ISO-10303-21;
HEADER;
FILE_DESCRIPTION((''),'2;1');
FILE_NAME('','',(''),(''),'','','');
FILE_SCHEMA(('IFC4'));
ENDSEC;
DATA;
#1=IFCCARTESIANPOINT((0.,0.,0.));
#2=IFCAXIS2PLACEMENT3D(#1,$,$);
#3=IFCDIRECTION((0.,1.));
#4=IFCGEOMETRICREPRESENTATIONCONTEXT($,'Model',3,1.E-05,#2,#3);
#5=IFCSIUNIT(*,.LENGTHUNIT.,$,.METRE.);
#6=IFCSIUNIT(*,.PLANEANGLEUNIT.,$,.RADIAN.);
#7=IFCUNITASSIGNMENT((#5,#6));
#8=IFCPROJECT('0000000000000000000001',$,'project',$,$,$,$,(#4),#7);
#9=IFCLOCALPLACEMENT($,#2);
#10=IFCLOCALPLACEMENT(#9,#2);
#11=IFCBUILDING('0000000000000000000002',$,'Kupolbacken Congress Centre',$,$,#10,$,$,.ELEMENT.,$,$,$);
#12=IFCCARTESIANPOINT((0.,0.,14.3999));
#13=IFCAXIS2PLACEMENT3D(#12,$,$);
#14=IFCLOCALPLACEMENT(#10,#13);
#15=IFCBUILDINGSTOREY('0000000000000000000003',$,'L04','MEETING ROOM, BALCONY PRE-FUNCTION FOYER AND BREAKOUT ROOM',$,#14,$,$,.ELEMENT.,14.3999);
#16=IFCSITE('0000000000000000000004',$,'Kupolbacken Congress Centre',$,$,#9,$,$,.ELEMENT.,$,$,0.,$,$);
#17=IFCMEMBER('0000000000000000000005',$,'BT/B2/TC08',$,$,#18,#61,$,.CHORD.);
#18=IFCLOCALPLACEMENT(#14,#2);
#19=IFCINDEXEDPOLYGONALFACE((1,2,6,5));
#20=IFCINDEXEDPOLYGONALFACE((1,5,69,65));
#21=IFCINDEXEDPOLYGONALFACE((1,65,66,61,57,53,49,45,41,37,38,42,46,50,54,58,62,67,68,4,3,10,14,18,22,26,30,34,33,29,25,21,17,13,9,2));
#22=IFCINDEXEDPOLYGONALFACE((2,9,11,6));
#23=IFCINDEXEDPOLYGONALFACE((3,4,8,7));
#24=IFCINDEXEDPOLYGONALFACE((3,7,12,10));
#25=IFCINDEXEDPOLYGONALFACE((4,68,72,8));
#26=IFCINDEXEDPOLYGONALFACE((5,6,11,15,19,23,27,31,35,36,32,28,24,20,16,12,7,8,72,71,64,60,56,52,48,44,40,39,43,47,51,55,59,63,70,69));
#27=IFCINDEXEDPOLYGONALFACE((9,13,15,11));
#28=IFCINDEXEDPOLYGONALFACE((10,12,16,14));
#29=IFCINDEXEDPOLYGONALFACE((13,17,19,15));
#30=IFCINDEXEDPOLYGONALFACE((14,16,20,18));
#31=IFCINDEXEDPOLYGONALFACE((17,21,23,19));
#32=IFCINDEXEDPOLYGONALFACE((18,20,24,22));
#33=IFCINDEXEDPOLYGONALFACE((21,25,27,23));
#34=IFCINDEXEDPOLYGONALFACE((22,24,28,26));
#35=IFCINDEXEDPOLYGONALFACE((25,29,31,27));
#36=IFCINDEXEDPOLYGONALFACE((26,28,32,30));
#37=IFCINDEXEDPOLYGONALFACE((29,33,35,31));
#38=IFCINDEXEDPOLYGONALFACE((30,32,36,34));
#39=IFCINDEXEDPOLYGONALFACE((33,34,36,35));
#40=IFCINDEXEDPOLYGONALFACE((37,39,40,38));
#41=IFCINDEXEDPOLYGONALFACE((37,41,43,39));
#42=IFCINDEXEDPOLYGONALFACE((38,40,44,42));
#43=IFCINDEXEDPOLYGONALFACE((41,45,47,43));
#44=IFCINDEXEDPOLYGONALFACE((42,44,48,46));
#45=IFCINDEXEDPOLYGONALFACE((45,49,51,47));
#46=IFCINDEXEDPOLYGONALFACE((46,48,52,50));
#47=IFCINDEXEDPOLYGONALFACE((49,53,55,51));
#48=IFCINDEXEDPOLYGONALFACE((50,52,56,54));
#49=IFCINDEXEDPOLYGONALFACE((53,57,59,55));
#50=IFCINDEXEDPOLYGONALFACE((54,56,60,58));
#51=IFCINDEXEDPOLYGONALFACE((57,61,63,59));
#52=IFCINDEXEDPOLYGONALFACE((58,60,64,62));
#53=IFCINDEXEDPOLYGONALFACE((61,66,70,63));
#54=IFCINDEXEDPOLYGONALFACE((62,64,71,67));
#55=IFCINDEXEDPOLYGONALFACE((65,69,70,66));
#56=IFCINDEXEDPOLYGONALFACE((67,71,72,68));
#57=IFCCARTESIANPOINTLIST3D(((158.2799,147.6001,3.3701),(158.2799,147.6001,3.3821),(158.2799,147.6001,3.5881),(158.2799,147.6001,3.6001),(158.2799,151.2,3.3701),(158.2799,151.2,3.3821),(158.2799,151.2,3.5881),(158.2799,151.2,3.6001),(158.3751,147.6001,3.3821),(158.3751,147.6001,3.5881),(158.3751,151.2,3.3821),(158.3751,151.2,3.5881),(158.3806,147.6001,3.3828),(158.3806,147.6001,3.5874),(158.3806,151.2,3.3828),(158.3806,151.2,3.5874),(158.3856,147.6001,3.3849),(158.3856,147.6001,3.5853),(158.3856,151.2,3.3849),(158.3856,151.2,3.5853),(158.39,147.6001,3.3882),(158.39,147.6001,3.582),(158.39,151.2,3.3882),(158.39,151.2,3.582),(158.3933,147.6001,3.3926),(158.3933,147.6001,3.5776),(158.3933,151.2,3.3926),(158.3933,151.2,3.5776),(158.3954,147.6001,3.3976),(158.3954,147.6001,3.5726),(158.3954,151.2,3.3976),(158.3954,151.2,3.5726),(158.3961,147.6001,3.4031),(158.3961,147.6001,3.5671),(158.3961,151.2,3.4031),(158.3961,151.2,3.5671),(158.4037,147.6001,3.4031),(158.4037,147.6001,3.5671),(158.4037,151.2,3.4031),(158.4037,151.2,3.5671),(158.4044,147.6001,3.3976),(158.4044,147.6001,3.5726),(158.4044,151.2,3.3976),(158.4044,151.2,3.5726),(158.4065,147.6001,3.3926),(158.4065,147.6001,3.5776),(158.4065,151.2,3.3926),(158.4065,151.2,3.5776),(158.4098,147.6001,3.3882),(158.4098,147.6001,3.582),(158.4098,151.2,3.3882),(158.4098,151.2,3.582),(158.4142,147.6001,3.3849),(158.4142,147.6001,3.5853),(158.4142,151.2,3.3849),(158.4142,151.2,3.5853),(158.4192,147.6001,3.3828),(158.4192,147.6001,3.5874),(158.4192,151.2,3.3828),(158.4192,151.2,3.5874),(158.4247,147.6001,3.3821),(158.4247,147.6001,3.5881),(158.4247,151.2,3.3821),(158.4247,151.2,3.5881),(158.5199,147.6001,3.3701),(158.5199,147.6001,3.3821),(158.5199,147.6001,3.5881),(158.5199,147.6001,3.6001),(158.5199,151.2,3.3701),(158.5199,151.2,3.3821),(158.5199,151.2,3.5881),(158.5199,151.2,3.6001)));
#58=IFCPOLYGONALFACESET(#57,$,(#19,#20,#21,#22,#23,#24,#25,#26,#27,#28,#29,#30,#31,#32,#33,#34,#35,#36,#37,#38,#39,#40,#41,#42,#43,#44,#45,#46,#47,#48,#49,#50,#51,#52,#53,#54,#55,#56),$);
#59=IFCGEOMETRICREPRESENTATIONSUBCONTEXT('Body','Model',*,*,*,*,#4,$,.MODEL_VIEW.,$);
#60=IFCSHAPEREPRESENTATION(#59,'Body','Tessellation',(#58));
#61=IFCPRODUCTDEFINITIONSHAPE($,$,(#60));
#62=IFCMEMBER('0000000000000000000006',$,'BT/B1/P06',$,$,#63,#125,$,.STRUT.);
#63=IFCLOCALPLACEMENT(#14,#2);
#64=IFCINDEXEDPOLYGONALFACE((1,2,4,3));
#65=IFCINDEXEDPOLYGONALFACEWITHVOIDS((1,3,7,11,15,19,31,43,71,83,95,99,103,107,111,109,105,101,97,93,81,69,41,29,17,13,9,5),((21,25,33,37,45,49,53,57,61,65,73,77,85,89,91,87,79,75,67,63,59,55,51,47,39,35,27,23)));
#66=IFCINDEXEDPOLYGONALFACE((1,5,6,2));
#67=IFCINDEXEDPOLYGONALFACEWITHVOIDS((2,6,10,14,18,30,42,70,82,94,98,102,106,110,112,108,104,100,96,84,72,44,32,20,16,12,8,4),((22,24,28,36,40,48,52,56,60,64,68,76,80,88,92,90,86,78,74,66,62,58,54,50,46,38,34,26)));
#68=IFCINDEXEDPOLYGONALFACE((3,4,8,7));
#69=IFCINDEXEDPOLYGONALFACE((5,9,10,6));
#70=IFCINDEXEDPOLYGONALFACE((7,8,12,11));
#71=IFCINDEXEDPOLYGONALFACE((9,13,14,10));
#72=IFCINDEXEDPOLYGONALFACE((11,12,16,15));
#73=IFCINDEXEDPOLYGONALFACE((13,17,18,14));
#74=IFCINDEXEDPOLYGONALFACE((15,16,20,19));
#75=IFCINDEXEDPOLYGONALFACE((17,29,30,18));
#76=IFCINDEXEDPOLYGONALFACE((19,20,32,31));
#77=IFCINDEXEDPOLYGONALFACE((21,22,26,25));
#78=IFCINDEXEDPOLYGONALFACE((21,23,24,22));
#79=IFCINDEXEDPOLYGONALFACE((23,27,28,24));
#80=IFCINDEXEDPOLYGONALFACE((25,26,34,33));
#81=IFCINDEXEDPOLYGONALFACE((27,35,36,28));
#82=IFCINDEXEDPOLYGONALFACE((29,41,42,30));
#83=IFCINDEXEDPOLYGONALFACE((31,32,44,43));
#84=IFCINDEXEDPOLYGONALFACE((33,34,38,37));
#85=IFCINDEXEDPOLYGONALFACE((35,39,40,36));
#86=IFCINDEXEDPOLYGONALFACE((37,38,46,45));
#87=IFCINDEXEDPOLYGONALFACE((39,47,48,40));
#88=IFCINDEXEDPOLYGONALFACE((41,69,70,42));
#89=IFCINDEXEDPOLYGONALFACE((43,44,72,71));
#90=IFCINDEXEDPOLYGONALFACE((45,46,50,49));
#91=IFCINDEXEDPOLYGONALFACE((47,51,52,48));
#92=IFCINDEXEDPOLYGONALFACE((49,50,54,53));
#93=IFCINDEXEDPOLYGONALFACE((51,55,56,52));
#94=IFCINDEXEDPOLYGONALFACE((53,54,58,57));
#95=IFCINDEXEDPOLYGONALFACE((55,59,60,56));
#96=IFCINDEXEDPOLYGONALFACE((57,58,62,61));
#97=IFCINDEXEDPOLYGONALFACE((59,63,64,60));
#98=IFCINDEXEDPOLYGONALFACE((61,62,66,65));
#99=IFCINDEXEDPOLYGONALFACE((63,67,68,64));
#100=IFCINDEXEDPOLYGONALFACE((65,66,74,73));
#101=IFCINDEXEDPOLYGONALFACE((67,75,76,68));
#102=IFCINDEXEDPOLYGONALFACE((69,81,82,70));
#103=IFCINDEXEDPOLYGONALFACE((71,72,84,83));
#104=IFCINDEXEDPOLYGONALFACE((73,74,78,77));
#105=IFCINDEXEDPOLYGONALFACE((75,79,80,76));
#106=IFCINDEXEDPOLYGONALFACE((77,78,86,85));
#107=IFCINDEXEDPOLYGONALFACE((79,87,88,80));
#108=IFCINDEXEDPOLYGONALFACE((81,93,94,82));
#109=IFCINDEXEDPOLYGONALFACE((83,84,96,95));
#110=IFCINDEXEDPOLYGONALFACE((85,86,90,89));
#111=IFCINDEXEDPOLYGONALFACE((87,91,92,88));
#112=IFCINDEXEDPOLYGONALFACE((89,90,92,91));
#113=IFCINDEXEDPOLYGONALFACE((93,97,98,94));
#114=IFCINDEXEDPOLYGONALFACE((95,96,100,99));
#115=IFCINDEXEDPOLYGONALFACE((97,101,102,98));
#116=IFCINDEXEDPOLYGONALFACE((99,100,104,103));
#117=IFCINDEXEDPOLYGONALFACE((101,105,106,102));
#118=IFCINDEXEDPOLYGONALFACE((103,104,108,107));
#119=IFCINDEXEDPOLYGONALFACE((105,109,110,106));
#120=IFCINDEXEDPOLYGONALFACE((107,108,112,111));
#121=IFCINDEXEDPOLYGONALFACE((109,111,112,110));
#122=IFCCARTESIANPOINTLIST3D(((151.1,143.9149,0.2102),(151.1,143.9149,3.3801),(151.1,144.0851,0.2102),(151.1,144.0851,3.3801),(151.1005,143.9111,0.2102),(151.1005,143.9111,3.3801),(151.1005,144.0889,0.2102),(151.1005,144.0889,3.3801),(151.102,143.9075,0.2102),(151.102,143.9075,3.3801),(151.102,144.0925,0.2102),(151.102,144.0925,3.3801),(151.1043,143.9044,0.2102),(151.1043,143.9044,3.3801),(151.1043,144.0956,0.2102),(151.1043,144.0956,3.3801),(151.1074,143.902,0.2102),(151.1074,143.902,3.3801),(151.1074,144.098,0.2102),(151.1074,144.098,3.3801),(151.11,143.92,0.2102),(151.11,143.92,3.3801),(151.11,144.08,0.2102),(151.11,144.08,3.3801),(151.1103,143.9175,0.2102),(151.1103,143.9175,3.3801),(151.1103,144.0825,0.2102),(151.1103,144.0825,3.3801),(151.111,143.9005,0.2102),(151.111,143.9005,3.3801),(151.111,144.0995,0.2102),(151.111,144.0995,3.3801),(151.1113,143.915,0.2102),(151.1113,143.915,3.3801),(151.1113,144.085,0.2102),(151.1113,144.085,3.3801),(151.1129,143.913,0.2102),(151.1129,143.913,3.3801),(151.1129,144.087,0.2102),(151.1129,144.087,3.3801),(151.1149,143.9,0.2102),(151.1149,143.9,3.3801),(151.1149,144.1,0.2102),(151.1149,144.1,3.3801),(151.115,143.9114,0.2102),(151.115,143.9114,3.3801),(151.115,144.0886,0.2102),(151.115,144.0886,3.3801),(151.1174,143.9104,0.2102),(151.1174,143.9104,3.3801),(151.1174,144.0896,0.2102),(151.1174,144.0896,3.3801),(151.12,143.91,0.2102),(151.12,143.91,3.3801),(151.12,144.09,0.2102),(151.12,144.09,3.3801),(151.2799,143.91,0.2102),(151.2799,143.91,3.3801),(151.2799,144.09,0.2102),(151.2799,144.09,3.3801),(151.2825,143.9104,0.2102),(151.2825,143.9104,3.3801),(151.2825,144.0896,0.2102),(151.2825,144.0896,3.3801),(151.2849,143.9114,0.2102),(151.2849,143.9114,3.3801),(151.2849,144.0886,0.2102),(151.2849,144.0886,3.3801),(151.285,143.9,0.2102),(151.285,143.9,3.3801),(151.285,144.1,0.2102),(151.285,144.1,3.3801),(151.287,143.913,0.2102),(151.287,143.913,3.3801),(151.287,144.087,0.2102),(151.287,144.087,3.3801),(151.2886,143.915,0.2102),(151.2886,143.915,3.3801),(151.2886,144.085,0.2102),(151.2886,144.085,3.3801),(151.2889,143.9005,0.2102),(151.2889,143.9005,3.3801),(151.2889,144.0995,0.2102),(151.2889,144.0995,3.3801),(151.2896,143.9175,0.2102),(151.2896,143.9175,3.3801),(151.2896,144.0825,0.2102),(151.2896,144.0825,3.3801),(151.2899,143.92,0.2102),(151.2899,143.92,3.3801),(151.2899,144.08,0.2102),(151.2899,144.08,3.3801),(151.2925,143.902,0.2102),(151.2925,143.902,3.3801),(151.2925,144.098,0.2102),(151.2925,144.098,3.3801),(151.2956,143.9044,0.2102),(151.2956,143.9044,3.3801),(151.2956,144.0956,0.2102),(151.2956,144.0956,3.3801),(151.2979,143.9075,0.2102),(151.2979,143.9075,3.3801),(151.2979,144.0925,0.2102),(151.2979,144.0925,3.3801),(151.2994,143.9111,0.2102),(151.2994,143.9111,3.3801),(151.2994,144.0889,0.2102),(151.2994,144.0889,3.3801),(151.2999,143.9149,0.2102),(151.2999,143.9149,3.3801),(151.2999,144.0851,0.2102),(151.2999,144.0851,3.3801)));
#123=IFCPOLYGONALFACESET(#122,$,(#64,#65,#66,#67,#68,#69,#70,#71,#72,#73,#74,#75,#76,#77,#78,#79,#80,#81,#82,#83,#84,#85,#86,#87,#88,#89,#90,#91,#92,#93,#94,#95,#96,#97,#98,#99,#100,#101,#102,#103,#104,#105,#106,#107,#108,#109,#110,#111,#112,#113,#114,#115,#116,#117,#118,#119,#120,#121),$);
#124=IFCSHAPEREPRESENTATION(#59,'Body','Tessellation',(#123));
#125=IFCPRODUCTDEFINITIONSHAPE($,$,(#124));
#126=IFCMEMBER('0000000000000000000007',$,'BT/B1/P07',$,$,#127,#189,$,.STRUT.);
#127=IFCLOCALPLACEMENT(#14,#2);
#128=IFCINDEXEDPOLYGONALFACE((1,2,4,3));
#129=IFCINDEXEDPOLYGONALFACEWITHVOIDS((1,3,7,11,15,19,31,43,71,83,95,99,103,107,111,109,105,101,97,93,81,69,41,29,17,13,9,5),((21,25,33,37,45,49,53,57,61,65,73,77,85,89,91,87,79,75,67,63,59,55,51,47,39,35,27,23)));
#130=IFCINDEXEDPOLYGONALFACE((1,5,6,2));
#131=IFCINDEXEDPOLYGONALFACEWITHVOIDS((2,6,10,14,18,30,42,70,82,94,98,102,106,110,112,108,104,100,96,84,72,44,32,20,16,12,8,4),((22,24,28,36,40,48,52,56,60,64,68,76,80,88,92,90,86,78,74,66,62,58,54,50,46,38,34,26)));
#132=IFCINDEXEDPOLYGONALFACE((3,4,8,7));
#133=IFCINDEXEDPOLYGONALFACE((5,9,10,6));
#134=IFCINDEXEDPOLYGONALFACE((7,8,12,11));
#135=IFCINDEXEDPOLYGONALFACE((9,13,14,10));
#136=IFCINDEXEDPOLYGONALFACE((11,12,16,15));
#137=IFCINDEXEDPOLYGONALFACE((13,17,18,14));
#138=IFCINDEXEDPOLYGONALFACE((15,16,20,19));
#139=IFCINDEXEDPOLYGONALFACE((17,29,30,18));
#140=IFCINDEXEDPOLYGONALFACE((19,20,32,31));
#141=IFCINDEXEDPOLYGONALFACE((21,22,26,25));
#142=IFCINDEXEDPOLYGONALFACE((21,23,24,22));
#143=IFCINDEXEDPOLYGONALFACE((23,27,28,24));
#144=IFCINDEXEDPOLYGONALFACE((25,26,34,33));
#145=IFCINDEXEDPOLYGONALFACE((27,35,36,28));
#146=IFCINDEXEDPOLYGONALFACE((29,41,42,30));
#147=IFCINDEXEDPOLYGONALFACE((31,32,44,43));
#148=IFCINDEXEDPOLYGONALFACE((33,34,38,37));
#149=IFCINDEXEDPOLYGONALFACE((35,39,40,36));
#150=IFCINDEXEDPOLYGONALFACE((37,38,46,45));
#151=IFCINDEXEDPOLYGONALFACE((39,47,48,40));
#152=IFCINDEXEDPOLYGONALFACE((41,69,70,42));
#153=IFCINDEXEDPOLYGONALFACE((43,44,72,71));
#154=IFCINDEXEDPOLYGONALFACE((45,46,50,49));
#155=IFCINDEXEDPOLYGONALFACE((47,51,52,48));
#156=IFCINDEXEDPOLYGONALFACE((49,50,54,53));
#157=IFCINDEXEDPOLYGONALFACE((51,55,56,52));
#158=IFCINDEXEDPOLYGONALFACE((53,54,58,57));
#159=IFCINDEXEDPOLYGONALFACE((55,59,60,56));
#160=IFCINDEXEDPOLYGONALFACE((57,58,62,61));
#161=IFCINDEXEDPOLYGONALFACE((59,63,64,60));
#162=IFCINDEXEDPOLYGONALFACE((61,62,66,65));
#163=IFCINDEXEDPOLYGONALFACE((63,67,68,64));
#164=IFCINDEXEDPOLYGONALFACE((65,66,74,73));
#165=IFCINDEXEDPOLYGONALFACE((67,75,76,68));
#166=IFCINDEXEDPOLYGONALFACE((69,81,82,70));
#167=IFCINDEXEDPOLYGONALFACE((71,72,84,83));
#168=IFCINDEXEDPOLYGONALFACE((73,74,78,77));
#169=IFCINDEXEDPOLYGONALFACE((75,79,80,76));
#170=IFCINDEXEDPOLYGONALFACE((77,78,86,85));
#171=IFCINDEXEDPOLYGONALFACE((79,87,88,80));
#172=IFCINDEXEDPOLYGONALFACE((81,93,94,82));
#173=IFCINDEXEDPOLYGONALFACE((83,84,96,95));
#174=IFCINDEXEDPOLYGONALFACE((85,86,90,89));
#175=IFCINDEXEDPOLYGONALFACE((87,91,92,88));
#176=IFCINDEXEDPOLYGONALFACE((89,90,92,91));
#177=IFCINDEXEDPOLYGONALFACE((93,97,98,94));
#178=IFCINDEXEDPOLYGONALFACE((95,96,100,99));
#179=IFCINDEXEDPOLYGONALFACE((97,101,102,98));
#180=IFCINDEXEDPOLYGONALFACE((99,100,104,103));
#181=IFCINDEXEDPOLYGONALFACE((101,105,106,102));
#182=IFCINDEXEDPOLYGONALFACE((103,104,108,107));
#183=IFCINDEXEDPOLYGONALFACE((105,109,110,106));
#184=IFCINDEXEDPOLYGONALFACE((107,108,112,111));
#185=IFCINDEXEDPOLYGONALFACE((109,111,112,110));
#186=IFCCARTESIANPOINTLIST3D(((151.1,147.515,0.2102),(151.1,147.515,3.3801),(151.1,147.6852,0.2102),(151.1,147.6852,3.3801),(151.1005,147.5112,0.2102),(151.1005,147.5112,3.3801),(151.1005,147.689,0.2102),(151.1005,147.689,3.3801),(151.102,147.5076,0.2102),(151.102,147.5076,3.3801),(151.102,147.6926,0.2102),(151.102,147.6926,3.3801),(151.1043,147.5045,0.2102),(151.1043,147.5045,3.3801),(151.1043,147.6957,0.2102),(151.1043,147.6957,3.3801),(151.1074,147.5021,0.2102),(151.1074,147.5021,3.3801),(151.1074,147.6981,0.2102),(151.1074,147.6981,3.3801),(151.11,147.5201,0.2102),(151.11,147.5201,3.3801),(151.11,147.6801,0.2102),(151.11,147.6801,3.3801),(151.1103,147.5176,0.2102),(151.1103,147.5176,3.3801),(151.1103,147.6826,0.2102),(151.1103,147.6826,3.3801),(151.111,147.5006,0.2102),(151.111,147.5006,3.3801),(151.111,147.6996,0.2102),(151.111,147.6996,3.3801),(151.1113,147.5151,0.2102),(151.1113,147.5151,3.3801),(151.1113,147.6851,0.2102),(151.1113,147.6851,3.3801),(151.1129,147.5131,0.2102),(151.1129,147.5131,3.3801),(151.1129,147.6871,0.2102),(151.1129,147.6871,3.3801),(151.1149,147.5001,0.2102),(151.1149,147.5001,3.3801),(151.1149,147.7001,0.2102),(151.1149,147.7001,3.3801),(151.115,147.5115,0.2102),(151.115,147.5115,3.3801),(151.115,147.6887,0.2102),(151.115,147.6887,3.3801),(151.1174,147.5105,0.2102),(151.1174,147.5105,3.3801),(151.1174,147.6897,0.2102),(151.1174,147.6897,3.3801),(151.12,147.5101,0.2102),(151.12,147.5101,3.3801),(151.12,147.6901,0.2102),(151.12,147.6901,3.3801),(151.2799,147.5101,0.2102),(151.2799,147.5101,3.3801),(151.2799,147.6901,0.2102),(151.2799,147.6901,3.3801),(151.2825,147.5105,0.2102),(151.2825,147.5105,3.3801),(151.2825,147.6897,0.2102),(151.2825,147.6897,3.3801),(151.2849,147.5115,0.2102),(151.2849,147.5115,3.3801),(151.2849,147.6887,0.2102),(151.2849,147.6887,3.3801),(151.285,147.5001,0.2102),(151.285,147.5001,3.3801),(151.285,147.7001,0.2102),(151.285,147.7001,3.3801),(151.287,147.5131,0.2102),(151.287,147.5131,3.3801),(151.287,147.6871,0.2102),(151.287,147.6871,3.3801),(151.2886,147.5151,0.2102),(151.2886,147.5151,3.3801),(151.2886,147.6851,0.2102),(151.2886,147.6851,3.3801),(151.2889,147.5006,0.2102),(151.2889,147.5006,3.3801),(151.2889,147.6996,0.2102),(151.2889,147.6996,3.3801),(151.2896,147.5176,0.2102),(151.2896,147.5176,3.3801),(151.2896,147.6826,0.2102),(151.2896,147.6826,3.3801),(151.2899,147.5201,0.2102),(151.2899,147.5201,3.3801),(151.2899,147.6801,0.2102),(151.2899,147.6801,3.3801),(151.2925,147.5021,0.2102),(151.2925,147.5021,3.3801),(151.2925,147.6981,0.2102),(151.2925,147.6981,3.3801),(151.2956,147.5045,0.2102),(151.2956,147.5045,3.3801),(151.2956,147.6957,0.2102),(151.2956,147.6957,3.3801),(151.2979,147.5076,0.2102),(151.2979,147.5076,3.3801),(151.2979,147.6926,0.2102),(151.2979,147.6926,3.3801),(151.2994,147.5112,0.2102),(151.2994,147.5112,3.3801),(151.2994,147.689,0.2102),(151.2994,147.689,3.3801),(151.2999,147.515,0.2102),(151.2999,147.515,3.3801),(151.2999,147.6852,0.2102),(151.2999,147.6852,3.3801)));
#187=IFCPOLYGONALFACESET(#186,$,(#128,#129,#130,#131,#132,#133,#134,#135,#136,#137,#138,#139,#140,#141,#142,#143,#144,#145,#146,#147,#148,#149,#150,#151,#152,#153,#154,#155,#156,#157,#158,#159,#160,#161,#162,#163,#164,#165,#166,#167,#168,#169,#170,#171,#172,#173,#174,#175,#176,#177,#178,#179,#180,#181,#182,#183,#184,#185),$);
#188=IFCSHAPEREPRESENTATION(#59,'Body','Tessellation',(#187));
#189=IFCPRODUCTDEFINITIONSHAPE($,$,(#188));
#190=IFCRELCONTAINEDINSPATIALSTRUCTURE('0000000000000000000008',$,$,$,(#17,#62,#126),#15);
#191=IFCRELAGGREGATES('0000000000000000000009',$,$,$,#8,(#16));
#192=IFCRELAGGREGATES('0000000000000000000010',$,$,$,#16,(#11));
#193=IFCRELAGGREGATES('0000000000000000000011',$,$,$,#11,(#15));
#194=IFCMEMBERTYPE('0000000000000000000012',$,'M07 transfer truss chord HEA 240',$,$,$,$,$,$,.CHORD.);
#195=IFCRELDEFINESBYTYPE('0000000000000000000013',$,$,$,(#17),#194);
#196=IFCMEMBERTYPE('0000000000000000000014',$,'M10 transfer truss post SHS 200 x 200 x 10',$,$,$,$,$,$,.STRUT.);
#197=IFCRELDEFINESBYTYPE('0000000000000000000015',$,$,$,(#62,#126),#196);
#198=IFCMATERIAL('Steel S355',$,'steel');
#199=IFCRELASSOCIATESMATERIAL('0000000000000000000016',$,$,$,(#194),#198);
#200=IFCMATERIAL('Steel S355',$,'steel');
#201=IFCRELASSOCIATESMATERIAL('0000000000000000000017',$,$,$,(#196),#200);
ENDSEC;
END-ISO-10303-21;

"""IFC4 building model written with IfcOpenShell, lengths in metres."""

from ifc_helpers import new_model, si_unit, direction, frame, origin, origin_2d, place, context, subcontext, project, spatial, hollow_rectangle, i_section, extrude, material, material_profile, profile_set, type_object, element, save


model = new_model("IFC4")

# Units and contexts
model_context = context("Model", 3, precision=1e-05, world=origin(), true_north=direction((0.0, 1.0)))
body_context = subcontext(model_context, "Body", "Model", "MODEL_VIEW")
ifc_project = project(units=[si_unit("LENGTHUNIT", "METRE"), si_unit("PLANEANGLEUNIT", "RADIAN")], contexts=[model_context])

# Site, building, storey
site_placement = place(None, origin())
site = spatial("IfcSite", under=ifc_project, at=site_placement, Name="Kupolbacken Congress Centre", CompositionType="ELEMENT", RefElevation=0.0)
building_placement = place(site_placement, origin())
building = spatial("IfcBuilding", under=site, at=building_placement, Name="Kupolbacken Congress Centre", CompositionType="ELEMENT")
storey_placement = place(building_placement, frame((0.0, 0.0, 14.3999)))
storey = spatial("IfcBuildingStorey", under=building, at=storey_placement, Name="L04", Description="MEETING ROOM, BALCONY PRE-FUNCTION FOYER AND BREAKOUT ROOM", CompositionType="ELEMENT", Elevation=14.3999)

# Members
ifc_material_1 = material(Name="Steel S355", Category="steel")
ifc_material_profile_1 = material_profile(ifc_material_1, i_section(OverallWidth=0.24, OverallDepth=0.23, WebThickness=0.0076, FlangeThickness=0.012, FilletRadius=0.021, at=origin_2d()), Name="HEA 240")
ifc_profile_set_1 = profile_set([ifc_material_profile_1], Name="Steel S355")
member_type_1 = type_object("IfcMemberType", Name="M07 transfer truss chord HEA 240", PredefinedType="CHORD", material=ifc_profile_set_1)
for number, where, z_axis, x_axis, name in (
    (1, (158.3999, 147.6001, 3.4851), (0.0, 1.0, 0.0), (-1.0, 0.0, 0.0), "BT/B2/TC08"),
):
    element("IfcMember", number, at=place(storey_placement, frame(where, z_axis=z_axis, x_axis=x_axis)), inside=storey, type_object=member_type_1, Name=name, PredefinedType="CHORD", context=body_context, shape_type="SweptSolid", body=[
        extrude(i_section(OverallWidth=0.24, OverallDepth=0.23, WebThickness=0.0076, FlangeThickness=0.012, FilletRadius=0.021, at=origin_2d()), origin(), (0.0, 0.0, 1.0), 3.5999),
    ])
ifc_material_2 = material(Name="Steel S355", Category="steel")
ifc_material_profile_2 = material_profile(ifc_material_2, hollow_rectangle(XDim=0.2, YDim=0.2, WallThickness=0.01, InnerFilletRadius=0.01, OuterFilletRadius=0.0149, at=origin_2d()), Name="SHS 200 x 200 x 10")
ifc_profile_set_2 = profile_set([ifc_material_profile_2], Name="Steel S355")
member_type_2 = type_object("IfcMemberType", Name="M10 transfer truss post SHS 200 x 200 x 10", PredefinedType="STRUT", material=ifc_profile_set_2)
for number, where, z_axis, x_axis, name in (
    (2, (151.2, 144.0, 0.2102), (0.0, 0.0, 1.0), (0.0, 1.0, 0.0), "BT/B1/P06"),
    (3, (151.2, 147.6001, 0.2102), (0.0, 0.0, 1.0), (0.0, 1.0, 0.0), "BT/B1/P07"),
):
    element("IfcMember", number, at=place(storey_placement, frame(where, z_axis=z_axis, x_axis=x_axis)), inside=storey, type_object=member_type_2, Name=name, PredefinedType="STRUT", context=body_context, shape_type="SweptSolid", body=[
        extrude(hollow_rectangle(XDim=0.2, YDim=0.2, WallThickness=0.01, InnerFilletRadius=0.01, OuterFilletRadius=0.0149, at=origin_2d()), origin(), (0.0, 0.0, 1.0), 3.1699),
    ])

save(model, "model.ifc")
